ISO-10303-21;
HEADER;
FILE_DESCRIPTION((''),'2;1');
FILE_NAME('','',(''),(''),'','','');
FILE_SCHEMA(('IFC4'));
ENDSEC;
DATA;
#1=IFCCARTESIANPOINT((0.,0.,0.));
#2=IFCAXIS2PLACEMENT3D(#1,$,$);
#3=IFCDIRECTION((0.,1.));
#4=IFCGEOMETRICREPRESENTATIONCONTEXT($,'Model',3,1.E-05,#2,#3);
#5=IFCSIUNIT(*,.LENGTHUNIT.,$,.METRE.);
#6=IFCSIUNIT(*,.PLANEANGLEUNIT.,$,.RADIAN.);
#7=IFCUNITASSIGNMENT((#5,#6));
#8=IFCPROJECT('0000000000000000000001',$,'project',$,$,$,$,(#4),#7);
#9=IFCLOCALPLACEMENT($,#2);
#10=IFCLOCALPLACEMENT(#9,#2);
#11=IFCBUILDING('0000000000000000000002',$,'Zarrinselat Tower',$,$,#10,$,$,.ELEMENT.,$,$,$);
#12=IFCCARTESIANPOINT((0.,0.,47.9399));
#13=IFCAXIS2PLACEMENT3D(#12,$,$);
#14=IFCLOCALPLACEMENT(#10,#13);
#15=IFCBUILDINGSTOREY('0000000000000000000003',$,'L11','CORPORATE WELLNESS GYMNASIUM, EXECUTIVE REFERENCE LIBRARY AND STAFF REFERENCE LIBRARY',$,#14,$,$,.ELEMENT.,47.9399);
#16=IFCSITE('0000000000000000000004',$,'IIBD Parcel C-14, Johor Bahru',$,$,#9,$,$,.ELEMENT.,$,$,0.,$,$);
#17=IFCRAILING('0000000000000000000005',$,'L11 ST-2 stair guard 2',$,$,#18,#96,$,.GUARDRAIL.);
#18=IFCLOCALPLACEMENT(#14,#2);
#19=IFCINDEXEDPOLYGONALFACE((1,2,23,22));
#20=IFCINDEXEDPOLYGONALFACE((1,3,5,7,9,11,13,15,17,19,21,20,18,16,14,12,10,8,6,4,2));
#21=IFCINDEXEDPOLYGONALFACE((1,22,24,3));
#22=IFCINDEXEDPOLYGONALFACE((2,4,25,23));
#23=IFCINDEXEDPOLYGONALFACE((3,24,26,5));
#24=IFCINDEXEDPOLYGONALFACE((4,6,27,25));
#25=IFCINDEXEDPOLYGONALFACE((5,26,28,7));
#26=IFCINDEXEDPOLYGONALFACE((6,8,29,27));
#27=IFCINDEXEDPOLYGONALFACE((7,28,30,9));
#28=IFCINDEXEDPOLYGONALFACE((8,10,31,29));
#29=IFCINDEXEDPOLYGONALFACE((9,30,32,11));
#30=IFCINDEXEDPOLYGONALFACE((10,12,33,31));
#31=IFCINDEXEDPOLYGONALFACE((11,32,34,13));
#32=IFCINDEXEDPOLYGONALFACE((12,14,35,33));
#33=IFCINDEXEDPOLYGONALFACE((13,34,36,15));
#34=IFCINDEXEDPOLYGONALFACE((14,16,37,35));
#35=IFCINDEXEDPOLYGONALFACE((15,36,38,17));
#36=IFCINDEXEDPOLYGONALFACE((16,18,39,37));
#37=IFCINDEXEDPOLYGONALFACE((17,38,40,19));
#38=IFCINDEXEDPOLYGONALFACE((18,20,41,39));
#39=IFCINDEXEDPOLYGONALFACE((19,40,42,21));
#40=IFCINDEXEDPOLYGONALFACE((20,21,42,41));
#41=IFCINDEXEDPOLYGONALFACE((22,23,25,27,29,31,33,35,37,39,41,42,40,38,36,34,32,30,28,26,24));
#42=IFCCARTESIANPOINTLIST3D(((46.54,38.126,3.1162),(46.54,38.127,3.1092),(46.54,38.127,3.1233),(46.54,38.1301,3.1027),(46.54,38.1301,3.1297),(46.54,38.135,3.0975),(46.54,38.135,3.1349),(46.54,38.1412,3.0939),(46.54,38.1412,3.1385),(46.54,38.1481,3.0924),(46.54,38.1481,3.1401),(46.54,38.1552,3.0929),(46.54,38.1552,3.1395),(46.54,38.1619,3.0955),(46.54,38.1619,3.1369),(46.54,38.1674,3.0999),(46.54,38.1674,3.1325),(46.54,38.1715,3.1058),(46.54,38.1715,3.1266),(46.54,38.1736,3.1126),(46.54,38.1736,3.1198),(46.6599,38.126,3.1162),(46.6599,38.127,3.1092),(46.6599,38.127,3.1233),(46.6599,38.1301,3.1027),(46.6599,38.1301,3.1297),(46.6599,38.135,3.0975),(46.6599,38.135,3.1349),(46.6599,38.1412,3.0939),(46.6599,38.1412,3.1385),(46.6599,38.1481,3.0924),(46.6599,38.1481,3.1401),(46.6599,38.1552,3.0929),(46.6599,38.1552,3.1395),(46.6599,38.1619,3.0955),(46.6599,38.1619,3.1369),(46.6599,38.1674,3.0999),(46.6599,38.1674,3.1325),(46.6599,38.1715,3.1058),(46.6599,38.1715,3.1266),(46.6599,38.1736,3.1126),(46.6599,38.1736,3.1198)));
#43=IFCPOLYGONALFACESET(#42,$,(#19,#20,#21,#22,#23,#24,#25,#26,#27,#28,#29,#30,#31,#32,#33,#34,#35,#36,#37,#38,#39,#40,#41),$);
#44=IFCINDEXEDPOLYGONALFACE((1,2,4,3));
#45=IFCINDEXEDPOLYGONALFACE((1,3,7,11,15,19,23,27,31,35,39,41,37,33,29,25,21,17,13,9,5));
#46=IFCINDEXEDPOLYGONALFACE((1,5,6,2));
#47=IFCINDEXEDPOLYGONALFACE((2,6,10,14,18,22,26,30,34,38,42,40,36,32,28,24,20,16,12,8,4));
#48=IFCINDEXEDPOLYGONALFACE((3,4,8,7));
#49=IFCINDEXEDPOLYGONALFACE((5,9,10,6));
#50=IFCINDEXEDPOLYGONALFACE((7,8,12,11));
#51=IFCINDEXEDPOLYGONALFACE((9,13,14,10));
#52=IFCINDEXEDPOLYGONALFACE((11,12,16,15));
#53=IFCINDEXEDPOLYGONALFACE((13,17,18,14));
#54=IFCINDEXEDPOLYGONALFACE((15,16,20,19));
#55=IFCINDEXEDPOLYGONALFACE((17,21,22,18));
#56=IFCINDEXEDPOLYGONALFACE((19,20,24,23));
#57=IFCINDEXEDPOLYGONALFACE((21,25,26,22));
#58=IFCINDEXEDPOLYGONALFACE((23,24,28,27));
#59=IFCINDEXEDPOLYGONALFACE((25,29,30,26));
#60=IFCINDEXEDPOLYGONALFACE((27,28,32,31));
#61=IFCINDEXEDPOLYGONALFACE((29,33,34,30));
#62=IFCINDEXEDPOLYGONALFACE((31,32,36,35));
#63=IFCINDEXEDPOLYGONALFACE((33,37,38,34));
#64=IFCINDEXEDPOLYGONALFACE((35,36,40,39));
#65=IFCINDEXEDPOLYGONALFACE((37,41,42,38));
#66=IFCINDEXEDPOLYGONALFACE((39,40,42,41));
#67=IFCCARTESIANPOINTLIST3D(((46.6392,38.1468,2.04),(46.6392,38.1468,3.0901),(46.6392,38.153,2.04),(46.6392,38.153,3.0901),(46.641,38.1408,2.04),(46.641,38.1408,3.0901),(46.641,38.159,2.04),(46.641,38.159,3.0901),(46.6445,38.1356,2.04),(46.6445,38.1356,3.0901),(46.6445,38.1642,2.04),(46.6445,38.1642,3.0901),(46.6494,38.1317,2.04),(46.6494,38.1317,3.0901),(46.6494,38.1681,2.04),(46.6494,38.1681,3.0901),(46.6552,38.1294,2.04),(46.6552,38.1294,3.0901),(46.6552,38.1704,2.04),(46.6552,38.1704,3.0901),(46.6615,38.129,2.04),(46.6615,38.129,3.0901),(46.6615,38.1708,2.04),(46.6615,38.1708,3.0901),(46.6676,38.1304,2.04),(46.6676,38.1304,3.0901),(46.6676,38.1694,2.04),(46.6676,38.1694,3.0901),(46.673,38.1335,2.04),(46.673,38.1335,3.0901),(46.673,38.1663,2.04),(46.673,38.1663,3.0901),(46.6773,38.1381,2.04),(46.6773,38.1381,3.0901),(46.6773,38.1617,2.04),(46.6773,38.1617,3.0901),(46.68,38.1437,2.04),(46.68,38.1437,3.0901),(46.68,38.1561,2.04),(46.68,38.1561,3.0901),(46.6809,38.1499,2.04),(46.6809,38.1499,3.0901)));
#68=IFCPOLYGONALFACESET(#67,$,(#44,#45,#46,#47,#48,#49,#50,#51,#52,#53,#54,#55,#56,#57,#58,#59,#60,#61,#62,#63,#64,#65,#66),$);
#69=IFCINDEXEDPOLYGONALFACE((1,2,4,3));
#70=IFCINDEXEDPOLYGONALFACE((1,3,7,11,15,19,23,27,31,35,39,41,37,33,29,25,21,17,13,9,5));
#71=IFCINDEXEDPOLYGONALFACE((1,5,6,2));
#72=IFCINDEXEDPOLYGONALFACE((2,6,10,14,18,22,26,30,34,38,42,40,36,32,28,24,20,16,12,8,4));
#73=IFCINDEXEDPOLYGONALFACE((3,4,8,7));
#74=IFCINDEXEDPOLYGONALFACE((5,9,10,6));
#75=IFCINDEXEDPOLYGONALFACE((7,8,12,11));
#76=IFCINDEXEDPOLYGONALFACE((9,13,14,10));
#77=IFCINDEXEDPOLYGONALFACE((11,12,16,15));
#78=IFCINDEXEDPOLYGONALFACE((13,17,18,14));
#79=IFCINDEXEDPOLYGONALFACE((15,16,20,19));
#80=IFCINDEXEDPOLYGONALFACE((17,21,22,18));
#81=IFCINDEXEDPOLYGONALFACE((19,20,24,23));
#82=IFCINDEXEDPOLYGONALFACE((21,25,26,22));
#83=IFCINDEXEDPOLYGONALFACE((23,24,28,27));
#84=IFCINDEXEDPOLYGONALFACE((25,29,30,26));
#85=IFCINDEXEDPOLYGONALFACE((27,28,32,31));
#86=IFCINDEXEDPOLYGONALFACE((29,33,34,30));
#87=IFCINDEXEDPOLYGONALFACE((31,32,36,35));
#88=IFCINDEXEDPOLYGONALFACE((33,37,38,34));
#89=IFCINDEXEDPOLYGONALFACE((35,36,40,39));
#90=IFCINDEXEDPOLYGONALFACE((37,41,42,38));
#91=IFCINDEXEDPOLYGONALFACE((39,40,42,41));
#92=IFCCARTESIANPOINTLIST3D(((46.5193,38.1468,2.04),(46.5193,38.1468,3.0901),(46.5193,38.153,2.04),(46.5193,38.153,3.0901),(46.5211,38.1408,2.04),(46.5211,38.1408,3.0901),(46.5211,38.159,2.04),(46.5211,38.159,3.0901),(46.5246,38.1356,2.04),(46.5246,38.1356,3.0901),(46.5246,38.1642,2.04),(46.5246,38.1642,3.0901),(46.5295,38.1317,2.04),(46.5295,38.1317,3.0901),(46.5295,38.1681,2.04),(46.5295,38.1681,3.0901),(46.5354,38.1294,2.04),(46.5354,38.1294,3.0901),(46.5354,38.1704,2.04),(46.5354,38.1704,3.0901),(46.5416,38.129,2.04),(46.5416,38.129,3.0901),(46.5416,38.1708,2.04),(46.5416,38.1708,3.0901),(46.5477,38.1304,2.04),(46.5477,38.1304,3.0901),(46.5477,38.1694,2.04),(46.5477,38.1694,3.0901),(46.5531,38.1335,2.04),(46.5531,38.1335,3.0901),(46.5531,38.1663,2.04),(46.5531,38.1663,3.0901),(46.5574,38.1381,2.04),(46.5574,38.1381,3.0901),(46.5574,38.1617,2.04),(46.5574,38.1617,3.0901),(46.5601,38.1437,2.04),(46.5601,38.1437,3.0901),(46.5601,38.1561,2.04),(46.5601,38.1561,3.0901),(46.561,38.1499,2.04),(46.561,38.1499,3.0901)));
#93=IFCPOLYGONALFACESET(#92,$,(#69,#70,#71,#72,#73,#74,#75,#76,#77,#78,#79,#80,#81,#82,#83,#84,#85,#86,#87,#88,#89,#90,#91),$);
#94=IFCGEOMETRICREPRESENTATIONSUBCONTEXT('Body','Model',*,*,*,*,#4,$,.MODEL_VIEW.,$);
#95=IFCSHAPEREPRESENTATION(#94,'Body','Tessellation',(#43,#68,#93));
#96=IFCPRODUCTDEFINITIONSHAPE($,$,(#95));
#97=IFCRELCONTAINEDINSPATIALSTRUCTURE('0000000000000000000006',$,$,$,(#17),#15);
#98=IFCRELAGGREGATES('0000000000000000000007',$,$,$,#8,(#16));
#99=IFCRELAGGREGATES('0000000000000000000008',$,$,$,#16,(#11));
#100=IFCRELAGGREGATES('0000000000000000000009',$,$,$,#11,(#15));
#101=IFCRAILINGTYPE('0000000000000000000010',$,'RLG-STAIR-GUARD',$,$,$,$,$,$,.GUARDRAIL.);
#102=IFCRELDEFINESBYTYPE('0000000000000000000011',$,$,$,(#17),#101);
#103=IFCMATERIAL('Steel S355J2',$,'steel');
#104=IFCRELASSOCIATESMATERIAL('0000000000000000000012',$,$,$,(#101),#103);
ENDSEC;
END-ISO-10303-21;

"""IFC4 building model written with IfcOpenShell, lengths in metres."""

from ifc_helpers import new_model, si_unit, direction, frame, origin, origin_2d, place, context, subcontext, project, spatial, circle, extrude, material, type_object, element, save


model = new_model("IFC4")

# Units and contexts
model_context = context("Model", 3, precision=1e-05, world=origin(), true_north=direction((0.0, 1.0)))
body_context = subcontext(model_context, "Body", "Model", "MODEL_VIEW")
ifc_project = project(units=[si_unit("LENGTHUNIT", "METRE"), si_unit("PLANEANGLEUNIT", "RADIAN")], contexts=[model_context])

# Site, building, storey
site_placement = place(None, origin())
site = spatial("IfcSite", under=ifc_project, at=site_placement, Name="IIBD Parcel C-14, Johor Bahru", CompositionType="ELEMENT", RefElevation=0.0)
building_placement = place(site_placement, origin())
building = spatial("IfcBuilding", under=site, at=building_placement, Name="Zarrinselat Tower", CompositionType="ELEMENT")
storey_placement = place(building_placement, frame((0.0, 0.0, 47.9399)))
storey = spatial("IfcBuildingStorey", under=building, at=storey_placement, Name="L11", Description="CORPORATE WELLNESS GYMNASIUM, EXECUTIVE REFERENCE LIBRARY AND STAFF REFERENCE LIBRARY", CompositionType="ELEMENT", Elevation=47.9399)

# Railing
ifc_material_1 = material(Name="Steel S355J2", Category="steel")
railing_type_1 = type_object("IfcRailingType", Name="RLG-STAIR-GUARD", PredefinedType="GUARDRAIL", material=ifc_material_1)
railing_1_placement = place(storey_placement, frame((46.6599, 38.1499, 2.04)))
element("IfcRailing", 1, at=railing_1_placement, inside=storey, type_object=railing_type_1, Name="L11 ST-2 stair guard 2", PredefinedType="GUARDRAIL", context=body_context, shape_type="SweptSolid", body=[
    extrude(circle(Radius=0.0239, at=origin_2d()), frame((0.0, 0.0, 1.0762), z_axis=(-1.0, 0.0, 0.0), x_axis=(0.0, -1.0, 0.0)), (0.0, 0.0, 1.0), 0.1199),
    extrude(circle(Radius=0.021, at=origin_2d()), origin(), (0.0, 0.0, 1.0), 1.05),
    extrude(circle(Radius=0.021, at=origin_2d()), frame((-0.1199, 0.0, 0.0)), (0.0, 0.0, 1.0), 1.05),
])

save(model, "model.ifc")
